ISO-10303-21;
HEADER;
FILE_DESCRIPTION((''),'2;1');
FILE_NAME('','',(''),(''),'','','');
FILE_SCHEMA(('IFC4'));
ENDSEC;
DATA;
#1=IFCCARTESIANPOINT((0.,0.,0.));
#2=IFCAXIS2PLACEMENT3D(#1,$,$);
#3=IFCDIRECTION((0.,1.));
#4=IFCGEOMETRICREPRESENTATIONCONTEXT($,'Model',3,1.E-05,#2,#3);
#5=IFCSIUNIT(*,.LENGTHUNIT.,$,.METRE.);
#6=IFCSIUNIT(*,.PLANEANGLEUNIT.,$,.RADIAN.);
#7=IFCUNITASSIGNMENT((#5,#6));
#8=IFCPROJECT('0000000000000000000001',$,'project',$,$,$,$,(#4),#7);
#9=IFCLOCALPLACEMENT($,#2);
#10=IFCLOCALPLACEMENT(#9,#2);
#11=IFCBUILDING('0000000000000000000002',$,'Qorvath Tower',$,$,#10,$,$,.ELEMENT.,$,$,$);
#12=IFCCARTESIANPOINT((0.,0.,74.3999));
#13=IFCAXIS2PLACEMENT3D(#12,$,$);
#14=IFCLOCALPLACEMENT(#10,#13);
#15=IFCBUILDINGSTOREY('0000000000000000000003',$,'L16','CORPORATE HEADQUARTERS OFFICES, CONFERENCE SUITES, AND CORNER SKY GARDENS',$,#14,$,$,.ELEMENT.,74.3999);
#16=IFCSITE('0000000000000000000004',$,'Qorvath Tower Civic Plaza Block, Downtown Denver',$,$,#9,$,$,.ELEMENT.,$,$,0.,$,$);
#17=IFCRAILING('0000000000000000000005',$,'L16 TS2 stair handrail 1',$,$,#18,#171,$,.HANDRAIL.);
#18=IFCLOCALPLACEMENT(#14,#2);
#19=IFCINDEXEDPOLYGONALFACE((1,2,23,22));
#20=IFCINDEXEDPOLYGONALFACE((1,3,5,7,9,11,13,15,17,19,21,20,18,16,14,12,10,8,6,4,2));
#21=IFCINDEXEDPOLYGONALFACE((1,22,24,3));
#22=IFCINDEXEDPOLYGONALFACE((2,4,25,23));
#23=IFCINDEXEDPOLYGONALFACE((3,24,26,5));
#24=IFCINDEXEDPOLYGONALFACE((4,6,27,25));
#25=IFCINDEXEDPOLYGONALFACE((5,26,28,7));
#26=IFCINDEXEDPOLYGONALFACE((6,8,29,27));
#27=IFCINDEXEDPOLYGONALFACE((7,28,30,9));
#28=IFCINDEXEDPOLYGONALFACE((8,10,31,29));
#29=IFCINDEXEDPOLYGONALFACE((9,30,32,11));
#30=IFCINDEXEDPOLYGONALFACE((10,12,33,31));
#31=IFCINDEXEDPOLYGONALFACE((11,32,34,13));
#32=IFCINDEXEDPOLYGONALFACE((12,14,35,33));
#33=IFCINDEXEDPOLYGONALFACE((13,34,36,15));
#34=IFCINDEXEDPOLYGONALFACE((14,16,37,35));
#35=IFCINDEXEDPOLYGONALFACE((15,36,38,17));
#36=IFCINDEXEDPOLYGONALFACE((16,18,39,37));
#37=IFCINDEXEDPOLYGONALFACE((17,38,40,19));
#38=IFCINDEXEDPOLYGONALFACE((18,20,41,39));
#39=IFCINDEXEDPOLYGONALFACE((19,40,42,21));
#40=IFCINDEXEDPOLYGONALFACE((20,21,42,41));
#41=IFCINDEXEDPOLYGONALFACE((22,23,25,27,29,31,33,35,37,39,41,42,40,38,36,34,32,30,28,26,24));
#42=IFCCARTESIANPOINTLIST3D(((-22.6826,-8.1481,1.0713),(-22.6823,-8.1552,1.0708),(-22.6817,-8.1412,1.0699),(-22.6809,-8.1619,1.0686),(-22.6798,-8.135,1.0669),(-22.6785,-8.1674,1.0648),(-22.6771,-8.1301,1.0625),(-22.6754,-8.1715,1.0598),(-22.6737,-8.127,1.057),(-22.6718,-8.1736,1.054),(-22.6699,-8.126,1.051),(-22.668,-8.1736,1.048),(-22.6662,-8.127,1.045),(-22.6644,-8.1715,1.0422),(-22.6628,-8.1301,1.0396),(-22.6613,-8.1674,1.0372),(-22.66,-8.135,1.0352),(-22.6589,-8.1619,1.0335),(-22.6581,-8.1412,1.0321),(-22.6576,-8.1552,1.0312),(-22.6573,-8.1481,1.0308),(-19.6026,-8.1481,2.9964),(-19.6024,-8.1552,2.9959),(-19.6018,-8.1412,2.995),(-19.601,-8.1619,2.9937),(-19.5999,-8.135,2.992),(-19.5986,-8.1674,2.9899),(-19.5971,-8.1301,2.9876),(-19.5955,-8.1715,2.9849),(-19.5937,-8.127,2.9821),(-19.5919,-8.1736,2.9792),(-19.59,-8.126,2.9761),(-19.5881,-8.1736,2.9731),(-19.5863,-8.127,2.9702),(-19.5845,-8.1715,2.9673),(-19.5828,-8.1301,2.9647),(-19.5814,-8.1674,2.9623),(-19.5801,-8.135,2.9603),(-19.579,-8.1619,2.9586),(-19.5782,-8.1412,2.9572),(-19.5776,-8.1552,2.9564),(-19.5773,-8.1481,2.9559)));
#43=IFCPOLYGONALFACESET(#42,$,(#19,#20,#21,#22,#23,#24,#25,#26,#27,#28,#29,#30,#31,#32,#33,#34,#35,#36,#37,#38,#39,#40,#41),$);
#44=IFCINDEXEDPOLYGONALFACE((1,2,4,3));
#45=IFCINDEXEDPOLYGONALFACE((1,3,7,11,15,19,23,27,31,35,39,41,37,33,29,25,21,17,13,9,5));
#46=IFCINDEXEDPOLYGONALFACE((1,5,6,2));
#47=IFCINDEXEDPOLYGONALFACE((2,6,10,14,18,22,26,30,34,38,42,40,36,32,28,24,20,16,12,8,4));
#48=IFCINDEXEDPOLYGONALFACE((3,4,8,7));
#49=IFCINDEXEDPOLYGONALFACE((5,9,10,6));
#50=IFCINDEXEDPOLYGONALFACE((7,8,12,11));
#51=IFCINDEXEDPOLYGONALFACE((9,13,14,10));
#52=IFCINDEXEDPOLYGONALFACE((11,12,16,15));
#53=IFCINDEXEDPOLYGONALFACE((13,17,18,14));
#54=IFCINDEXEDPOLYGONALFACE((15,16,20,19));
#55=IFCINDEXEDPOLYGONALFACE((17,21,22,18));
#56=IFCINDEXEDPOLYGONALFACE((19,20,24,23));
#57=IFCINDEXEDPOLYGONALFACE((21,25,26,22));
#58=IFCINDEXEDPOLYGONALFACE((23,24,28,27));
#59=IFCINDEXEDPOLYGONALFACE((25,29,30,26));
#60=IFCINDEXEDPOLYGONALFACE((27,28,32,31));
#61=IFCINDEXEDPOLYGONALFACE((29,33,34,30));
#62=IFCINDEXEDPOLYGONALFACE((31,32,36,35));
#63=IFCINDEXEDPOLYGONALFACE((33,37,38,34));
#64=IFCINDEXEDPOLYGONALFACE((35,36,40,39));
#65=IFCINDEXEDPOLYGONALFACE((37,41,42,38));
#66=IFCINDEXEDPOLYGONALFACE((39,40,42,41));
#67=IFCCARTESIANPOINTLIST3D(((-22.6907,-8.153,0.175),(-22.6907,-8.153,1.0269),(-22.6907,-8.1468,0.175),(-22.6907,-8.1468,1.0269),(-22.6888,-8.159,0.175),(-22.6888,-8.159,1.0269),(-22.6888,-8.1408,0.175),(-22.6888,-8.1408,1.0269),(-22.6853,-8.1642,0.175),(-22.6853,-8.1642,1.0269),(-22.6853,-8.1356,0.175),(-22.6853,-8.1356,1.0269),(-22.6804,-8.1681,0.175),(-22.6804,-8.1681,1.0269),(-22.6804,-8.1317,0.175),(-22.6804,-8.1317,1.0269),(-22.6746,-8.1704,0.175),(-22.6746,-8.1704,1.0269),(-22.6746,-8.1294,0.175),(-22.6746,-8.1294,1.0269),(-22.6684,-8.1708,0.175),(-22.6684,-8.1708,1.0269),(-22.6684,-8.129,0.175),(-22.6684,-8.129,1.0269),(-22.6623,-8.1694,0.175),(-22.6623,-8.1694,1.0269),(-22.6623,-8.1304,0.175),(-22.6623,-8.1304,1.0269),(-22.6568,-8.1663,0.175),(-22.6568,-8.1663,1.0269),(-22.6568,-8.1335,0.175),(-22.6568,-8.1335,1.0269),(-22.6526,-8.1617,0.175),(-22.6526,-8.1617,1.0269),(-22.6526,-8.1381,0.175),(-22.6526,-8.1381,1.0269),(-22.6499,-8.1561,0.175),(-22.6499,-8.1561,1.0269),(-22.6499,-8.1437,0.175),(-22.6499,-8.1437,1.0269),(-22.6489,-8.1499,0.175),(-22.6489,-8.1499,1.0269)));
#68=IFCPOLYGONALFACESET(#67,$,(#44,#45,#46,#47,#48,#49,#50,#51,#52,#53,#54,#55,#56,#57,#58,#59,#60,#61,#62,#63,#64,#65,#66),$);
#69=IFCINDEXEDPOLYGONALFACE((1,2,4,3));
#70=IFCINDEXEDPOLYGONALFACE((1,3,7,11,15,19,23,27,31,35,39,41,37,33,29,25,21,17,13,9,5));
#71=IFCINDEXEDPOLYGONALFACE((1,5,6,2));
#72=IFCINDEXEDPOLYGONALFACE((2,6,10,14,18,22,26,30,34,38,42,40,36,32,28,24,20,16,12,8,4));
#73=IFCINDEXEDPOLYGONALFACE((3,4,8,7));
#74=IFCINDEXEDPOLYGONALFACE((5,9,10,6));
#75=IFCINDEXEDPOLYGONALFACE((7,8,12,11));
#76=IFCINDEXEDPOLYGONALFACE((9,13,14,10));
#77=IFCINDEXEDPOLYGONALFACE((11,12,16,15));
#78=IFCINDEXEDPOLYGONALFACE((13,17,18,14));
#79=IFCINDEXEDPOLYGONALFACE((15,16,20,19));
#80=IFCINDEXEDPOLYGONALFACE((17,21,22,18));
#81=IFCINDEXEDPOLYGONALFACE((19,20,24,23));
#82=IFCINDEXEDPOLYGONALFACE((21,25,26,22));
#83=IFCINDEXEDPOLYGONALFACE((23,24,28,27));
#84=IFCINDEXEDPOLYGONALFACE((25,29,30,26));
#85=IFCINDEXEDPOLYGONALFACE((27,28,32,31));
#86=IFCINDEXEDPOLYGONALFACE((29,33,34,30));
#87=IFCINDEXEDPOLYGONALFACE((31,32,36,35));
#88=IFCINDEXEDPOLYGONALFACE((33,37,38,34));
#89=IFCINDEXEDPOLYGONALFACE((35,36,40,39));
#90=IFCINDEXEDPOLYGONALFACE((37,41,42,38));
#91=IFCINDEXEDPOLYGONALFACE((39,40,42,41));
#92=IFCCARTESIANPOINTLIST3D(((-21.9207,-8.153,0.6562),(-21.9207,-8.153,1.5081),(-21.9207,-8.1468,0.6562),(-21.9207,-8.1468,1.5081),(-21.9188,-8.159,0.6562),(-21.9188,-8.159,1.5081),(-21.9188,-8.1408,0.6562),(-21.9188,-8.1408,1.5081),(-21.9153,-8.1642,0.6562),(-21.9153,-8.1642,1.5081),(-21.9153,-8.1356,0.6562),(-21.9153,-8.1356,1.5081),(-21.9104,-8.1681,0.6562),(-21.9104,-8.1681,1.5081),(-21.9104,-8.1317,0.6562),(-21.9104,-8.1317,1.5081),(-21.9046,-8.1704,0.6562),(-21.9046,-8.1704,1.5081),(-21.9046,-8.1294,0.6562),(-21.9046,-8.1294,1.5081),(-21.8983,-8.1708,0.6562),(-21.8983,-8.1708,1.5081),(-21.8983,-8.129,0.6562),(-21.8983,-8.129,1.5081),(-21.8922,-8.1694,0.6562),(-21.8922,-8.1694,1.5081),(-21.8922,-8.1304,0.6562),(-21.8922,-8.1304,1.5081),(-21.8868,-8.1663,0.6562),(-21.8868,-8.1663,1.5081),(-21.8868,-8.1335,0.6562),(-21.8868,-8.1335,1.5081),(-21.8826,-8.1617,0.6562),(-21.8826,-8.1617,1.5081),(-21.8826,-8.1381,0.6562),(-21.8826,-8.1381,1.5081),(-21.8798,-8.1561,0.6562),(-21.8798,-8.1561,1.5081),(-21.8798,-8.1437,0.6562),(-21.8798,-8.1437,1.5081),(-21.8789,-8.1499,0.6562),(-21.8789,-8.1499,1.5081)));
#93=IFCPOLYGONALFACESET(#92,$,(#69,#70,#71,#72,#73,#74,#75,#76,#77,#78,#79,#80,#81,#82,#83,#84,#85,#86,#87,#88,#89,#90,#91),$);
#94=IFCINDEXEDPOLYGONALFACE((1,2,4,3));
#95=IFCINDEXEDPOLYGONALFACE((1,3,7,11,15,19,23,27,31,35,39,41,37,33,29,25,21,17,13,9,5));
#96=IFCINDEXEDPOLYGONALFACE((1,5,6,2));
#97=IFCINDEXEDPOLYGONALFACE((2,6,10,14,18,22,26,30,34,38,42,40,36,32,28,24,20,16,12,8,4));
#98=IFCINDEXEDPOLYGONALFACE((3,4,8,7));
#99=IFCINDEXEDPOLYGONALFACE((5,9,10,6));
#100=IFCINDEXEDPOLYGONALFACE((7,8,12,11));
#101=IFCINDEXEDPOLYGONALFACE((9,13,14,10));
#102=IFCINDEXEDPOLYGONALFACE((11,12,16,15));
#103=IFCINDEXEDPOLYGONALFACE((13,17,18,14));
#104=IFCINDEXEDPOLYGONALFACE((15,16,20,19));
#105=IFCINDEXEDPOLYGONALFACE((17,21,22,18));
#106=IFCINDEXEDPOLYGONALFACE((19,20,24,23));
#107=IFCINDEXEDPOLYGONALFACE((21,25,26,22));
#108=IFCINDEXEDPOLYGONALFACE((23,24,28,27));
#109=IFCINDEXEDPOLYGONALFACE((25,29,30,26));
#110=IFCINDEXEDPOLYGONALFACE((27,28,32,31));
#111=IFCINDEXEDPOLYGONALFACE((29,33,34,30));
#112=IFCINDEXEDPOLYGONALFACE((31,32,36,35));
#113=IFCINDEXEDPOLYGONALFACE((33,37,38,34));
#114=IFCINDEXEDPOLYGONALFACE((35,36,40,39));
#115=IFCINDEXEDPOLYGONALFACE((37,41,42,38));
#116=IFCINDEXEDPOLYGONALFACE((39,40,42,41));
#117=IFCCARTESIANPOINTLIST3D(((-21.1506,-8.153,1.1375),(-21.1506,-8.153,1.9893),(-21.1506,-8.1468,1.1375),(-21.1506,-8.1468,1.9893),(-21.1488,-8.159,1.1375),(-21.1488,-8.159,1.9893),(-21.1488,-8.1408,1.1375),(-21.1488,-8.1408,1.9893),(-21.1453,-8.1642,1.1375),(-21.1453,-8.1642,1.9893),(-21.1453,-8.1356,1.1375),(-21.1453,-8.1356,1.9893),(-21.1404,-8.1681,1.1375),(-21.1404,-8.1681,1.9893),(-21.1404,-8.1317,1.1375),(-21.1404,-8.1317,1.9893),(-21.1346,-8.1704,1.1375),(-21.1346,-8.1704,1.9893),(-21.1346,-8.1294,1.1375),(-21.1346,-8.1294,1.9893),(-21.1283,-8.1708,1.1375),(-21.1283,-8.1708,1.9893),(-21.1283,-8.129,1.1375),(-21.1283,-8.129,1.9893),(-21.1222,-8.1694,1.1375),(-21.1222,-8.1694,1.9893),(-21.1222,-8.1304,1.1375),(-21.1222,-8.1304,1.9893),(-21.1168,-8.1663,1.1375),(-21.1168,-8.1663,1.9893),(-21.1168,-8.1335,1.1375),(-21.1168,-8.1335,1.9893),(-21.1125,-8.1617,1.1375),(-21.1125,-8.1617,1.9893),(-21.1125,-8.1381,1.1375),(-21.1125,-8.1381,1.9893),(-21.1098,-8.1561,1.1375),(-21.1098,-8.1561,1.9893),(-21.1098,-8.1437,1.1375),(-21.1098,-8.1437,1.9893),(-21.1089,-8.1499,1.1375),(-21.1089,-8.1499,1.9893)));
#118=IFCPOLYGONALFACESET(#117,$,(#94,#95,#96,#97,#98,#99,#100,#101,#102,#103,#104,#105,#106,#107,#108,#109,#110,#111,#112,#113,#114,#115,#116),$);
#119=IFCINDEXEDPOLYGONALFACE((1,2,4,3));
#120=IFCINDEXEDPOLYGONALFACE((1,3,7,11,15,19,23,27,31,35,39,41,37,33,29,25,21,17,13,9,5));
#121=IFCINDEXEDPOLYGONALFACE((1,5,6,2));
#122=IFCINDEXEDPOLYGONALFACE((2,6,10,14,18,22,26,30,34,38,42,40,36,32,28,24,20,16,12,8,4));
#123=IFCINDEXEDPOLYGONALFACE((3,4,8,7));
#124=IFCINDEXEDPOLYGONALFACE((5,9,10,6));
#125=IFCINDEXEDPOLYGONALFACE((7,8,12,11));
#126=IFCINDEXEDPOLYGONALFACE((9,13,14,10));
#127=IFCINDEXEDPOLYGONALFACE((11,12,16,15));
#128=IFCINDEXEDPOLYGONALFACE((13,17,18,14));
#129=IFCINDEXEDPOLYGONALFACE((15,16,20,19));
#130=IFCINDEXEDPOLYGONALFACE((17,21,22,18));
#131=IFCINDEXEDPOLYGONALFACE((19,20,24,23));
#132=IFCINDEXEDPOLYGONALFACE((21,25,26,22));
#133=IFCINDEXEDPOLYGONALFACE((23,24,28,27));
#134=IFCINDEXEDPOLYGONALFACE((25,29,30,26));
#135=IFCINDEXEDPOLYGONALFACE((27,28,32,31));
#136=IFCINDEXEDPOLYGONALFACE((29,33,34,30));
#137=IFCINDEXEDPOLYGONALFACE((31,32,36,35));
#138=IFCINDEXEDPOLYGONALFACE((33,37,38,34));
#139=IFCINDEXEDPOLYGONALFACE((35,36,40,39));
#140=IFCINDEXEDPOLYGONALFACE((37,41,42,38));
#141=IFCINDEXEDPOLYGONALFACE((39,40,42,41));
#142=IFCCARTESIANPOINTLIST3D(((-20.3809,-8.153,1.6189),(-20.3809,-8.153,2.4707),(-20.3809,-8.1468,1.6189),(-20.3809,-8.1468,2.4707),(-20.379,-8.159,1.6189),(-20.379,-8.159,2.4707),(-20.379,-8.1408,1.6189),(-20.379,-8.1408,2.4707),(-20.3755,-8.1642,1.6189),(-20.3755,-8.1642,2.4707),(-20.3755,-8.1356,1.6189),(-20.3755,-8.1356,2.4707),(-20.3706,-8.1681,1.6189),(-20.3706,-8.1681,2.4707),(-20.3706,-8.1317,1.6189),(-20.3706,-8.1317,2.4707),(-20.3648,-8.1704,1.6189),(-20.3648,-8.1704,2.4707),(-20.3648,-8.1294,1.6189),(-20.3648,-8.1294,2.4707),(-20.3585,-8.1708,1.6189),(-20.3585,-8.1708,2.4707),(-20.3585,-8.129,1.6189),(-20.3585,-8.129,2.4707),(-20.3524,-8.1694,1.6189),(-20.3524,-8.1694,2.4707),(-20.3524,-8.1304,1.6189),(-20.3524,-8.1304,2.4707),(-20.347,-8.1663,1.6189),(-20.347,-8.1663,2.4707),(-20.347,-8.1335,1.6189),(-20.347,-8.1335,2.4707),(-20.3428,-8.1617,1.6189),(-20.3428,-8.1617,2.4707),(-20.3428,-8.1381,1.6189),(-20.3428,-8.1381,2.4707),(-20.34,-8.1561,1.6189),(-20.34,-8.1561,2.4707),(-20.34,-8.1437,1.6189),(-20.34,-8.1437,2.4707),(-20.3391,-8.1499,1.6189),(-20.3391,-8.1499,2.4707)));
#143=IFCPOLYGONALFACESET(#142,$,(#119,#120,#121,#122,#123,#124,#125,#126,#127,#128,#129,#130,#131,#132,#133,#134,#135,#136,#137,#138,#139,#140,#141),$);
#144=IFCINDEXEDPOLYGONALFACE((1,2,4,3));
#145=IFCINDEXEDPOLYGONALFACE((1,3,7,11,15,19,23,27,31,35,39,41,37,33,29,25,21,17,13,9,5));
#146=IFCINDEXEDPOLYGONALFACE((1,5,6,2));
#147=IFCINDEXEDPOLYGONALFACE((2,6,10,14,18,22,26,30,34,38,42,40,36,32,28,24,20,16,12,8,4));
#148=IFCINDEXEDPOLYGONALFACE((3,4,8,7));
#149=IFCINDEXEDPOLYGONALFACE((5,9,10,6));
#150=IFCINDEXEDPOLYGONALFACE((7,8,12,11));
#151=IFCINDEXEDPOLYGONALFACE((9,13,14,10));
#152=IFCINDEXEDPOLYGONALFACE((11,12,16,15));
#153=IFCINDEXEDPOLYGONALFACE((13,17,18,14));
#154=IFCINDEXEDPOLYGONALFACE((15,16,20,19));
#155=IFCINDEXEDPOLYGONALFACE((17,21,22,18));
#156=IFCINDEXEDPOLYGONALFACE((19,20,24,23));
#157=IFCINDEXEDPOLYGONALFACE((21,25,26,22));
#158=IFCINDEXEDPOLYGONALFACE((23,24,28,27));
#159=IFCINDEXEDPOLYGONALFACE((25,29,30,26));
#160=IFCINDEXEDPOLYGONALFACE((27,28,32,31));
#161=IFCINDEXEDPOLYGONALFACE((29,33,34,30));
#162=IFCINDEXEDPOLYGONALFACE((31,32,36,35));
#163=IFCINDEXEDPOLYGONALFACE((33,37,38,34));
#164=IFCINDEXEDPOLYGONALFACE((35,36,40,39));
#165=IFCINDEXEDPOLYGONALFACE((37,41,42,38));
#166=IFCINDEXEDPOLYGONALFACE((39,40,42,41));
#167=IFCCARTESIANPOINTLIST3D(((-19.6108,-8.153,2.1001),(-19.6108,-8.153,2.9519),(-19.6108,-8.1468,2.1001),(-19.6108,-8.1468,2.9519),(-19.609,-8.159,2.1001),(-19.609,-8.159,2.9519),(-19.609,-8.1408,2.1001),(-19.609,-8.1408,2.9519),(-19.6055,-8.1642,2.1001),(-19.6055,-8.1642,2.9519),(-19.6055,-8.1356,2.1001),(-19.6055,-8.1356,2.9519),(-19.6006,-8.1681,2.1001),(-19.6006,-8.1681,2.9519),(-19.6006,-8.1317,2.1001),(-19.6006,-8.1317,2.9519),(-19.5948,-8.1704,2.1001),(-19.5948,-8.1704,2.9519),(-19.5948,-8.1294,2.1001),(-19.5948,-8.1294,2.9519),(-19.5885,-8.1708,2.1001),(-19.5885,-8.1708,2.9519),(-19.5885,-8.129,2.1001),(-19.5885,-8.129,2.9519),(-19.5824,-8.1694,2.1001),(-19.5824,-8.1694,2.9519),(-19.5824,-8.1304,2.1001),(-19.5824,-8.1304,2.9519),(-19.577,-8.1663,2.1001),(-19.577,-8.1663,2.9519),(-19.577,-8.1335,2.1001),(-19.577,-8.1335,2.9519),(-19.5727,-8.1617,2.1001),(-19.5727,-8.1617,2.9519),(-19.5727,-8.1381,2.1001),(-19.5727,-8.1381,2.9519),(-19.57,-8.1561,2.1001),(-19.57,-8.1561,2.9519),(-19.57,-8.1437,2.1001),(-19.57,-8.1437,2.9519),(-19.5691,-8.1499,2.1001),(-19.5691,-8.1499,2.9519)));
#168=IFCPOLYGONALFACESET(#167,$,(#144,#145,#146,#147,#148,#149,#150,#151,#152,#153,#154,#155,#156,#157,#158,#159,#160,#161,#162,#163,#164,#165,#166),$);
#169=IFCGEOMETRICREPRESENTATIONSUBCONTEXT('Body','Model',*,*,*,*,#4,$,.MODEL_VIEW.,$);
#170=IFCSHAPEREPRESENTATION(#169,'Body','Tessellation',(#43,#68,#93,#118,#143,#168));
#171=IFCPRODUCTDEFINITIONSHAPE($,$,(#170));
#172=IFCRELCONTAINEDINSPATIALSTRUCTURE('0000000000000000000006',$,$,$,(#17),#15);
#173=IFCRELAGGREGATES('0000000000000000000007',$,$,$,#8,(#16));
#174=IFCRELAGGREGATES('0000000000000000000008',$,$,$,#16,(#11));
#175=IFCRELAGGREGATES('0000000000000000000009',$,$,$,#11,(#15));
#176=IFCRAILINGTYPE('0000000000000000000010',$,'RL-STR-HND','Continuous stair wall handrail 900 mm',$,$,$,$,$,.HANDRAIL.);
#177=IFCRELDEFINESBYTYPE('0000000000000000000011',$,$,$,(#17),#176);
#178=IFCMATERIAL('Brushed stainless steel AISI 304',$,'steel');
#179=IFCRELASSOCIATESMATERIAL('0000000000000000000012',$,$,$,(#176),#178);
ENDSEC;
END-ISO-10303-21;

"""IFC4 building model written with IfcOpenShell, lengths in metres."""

from ifc_helpers import new_model, si_unit, direction, frame, origin, origin_2d, place, context, subcontext, project, spatial, circle, extrude, material, type_object, element, save


model = new_model("IFC4")

# Units and contexts
model_context = context("Model", 3, precision=1e-05, world=origin(), true_north=direction((0.0, 1.0)))
body_context = subcontext(model_context, "Body", "Model", "MODEL_VIEW")
ifc_project = project(units=[si_unit("LENGTHUNIT", "METRE"), si_unit("PLANEANGLEUNIT", "RADIAN")], contexts=[model_context])

# Site, building, storey
site_placement = place(None, origin())
site = spatial("IfcSite", under=ifc_project, at=site_placement, Name="Qorvath Tower Civic Plaza Block, Downtown Denver", CompositionType="ELEMENT", RefElevation=0.0)
building_placement = place(site_placement, origin())
building = spatial("IfcBuilding", under=site, at=building_placement, Name="Qorvath Tower", CompositionType="ELEMENT")
storey_placement = place(building_placement, frame((0.0, 0.0, 74.3999)))
storey = spatial("IfcBuildingStorey", under=building, at=storey_placement, Name="L16", Description="CORPORATE HEADQUARTERS OFFICES, CONFERENCE SUITES, AND CORNER SKY GARDENS", CompositionType="ELEMENT", Elevation=74.3999)

# Railing
ifc_material_1 = material(Name="Brushed stainless steel AISI 304", Category="steel")
railing_type_1 = type_object("IfcRailingType", Name="RL-STR-HND", Description="Continuous stair wall handrail 900 mm", PredefinedType="HANDRAIL", material=ifc_material_1)
railing_1_placement = place(storey_placement, frame((-22.6699, -8.1499, 0.175)))
element("IfcRailing", 1, at=railing_1_placement, inside=storey, type_object=railing_type_1, Name="L16 TS2 stair handrail 1", PredefinedType="HANDRAIL", context=body_context, shape_type="SweptSolid", body=[
    extrude(circle(Radius=0.0239, at=origin_2d()), frame((0.0, 0.0, 0.876), z_axis=(0.847979, 0.0, 0.530029), x_axis=(0.0, 1.0, 0.0)), (0.0, 0.0, 1.0), 3.6321),
    extrude(circle(Radius=0.021, at=origin_2d()), origin(), (0.0, 0.0, 1.0), 0.8518),
    extrude(circle(Radius=0.021, at=origin_2d()), frame((0.77, 0.0, 0.4812)), (0.0, 0.0, 1.0), 0.8518),
    extrude(circle(Radius=0.021, at=origin_2d()), frame((1.54, 0.0, 0.9624)), (0.0, 0.0, 1.0), 0.8518),
    extrude(circle(Radius=0.021, at=origin_2d()), frame((2.3098, 0.0, 1.4438)), (0.0, 0.0, 1.0), 0.8518),
    extrude(circle(Radius=0.021, at=origin_2d()), frame((3.0798, 0.0, 1.925)), (0.0, 0.0, 1.0), 0.8518),
])

save(model, "model.ifc")
